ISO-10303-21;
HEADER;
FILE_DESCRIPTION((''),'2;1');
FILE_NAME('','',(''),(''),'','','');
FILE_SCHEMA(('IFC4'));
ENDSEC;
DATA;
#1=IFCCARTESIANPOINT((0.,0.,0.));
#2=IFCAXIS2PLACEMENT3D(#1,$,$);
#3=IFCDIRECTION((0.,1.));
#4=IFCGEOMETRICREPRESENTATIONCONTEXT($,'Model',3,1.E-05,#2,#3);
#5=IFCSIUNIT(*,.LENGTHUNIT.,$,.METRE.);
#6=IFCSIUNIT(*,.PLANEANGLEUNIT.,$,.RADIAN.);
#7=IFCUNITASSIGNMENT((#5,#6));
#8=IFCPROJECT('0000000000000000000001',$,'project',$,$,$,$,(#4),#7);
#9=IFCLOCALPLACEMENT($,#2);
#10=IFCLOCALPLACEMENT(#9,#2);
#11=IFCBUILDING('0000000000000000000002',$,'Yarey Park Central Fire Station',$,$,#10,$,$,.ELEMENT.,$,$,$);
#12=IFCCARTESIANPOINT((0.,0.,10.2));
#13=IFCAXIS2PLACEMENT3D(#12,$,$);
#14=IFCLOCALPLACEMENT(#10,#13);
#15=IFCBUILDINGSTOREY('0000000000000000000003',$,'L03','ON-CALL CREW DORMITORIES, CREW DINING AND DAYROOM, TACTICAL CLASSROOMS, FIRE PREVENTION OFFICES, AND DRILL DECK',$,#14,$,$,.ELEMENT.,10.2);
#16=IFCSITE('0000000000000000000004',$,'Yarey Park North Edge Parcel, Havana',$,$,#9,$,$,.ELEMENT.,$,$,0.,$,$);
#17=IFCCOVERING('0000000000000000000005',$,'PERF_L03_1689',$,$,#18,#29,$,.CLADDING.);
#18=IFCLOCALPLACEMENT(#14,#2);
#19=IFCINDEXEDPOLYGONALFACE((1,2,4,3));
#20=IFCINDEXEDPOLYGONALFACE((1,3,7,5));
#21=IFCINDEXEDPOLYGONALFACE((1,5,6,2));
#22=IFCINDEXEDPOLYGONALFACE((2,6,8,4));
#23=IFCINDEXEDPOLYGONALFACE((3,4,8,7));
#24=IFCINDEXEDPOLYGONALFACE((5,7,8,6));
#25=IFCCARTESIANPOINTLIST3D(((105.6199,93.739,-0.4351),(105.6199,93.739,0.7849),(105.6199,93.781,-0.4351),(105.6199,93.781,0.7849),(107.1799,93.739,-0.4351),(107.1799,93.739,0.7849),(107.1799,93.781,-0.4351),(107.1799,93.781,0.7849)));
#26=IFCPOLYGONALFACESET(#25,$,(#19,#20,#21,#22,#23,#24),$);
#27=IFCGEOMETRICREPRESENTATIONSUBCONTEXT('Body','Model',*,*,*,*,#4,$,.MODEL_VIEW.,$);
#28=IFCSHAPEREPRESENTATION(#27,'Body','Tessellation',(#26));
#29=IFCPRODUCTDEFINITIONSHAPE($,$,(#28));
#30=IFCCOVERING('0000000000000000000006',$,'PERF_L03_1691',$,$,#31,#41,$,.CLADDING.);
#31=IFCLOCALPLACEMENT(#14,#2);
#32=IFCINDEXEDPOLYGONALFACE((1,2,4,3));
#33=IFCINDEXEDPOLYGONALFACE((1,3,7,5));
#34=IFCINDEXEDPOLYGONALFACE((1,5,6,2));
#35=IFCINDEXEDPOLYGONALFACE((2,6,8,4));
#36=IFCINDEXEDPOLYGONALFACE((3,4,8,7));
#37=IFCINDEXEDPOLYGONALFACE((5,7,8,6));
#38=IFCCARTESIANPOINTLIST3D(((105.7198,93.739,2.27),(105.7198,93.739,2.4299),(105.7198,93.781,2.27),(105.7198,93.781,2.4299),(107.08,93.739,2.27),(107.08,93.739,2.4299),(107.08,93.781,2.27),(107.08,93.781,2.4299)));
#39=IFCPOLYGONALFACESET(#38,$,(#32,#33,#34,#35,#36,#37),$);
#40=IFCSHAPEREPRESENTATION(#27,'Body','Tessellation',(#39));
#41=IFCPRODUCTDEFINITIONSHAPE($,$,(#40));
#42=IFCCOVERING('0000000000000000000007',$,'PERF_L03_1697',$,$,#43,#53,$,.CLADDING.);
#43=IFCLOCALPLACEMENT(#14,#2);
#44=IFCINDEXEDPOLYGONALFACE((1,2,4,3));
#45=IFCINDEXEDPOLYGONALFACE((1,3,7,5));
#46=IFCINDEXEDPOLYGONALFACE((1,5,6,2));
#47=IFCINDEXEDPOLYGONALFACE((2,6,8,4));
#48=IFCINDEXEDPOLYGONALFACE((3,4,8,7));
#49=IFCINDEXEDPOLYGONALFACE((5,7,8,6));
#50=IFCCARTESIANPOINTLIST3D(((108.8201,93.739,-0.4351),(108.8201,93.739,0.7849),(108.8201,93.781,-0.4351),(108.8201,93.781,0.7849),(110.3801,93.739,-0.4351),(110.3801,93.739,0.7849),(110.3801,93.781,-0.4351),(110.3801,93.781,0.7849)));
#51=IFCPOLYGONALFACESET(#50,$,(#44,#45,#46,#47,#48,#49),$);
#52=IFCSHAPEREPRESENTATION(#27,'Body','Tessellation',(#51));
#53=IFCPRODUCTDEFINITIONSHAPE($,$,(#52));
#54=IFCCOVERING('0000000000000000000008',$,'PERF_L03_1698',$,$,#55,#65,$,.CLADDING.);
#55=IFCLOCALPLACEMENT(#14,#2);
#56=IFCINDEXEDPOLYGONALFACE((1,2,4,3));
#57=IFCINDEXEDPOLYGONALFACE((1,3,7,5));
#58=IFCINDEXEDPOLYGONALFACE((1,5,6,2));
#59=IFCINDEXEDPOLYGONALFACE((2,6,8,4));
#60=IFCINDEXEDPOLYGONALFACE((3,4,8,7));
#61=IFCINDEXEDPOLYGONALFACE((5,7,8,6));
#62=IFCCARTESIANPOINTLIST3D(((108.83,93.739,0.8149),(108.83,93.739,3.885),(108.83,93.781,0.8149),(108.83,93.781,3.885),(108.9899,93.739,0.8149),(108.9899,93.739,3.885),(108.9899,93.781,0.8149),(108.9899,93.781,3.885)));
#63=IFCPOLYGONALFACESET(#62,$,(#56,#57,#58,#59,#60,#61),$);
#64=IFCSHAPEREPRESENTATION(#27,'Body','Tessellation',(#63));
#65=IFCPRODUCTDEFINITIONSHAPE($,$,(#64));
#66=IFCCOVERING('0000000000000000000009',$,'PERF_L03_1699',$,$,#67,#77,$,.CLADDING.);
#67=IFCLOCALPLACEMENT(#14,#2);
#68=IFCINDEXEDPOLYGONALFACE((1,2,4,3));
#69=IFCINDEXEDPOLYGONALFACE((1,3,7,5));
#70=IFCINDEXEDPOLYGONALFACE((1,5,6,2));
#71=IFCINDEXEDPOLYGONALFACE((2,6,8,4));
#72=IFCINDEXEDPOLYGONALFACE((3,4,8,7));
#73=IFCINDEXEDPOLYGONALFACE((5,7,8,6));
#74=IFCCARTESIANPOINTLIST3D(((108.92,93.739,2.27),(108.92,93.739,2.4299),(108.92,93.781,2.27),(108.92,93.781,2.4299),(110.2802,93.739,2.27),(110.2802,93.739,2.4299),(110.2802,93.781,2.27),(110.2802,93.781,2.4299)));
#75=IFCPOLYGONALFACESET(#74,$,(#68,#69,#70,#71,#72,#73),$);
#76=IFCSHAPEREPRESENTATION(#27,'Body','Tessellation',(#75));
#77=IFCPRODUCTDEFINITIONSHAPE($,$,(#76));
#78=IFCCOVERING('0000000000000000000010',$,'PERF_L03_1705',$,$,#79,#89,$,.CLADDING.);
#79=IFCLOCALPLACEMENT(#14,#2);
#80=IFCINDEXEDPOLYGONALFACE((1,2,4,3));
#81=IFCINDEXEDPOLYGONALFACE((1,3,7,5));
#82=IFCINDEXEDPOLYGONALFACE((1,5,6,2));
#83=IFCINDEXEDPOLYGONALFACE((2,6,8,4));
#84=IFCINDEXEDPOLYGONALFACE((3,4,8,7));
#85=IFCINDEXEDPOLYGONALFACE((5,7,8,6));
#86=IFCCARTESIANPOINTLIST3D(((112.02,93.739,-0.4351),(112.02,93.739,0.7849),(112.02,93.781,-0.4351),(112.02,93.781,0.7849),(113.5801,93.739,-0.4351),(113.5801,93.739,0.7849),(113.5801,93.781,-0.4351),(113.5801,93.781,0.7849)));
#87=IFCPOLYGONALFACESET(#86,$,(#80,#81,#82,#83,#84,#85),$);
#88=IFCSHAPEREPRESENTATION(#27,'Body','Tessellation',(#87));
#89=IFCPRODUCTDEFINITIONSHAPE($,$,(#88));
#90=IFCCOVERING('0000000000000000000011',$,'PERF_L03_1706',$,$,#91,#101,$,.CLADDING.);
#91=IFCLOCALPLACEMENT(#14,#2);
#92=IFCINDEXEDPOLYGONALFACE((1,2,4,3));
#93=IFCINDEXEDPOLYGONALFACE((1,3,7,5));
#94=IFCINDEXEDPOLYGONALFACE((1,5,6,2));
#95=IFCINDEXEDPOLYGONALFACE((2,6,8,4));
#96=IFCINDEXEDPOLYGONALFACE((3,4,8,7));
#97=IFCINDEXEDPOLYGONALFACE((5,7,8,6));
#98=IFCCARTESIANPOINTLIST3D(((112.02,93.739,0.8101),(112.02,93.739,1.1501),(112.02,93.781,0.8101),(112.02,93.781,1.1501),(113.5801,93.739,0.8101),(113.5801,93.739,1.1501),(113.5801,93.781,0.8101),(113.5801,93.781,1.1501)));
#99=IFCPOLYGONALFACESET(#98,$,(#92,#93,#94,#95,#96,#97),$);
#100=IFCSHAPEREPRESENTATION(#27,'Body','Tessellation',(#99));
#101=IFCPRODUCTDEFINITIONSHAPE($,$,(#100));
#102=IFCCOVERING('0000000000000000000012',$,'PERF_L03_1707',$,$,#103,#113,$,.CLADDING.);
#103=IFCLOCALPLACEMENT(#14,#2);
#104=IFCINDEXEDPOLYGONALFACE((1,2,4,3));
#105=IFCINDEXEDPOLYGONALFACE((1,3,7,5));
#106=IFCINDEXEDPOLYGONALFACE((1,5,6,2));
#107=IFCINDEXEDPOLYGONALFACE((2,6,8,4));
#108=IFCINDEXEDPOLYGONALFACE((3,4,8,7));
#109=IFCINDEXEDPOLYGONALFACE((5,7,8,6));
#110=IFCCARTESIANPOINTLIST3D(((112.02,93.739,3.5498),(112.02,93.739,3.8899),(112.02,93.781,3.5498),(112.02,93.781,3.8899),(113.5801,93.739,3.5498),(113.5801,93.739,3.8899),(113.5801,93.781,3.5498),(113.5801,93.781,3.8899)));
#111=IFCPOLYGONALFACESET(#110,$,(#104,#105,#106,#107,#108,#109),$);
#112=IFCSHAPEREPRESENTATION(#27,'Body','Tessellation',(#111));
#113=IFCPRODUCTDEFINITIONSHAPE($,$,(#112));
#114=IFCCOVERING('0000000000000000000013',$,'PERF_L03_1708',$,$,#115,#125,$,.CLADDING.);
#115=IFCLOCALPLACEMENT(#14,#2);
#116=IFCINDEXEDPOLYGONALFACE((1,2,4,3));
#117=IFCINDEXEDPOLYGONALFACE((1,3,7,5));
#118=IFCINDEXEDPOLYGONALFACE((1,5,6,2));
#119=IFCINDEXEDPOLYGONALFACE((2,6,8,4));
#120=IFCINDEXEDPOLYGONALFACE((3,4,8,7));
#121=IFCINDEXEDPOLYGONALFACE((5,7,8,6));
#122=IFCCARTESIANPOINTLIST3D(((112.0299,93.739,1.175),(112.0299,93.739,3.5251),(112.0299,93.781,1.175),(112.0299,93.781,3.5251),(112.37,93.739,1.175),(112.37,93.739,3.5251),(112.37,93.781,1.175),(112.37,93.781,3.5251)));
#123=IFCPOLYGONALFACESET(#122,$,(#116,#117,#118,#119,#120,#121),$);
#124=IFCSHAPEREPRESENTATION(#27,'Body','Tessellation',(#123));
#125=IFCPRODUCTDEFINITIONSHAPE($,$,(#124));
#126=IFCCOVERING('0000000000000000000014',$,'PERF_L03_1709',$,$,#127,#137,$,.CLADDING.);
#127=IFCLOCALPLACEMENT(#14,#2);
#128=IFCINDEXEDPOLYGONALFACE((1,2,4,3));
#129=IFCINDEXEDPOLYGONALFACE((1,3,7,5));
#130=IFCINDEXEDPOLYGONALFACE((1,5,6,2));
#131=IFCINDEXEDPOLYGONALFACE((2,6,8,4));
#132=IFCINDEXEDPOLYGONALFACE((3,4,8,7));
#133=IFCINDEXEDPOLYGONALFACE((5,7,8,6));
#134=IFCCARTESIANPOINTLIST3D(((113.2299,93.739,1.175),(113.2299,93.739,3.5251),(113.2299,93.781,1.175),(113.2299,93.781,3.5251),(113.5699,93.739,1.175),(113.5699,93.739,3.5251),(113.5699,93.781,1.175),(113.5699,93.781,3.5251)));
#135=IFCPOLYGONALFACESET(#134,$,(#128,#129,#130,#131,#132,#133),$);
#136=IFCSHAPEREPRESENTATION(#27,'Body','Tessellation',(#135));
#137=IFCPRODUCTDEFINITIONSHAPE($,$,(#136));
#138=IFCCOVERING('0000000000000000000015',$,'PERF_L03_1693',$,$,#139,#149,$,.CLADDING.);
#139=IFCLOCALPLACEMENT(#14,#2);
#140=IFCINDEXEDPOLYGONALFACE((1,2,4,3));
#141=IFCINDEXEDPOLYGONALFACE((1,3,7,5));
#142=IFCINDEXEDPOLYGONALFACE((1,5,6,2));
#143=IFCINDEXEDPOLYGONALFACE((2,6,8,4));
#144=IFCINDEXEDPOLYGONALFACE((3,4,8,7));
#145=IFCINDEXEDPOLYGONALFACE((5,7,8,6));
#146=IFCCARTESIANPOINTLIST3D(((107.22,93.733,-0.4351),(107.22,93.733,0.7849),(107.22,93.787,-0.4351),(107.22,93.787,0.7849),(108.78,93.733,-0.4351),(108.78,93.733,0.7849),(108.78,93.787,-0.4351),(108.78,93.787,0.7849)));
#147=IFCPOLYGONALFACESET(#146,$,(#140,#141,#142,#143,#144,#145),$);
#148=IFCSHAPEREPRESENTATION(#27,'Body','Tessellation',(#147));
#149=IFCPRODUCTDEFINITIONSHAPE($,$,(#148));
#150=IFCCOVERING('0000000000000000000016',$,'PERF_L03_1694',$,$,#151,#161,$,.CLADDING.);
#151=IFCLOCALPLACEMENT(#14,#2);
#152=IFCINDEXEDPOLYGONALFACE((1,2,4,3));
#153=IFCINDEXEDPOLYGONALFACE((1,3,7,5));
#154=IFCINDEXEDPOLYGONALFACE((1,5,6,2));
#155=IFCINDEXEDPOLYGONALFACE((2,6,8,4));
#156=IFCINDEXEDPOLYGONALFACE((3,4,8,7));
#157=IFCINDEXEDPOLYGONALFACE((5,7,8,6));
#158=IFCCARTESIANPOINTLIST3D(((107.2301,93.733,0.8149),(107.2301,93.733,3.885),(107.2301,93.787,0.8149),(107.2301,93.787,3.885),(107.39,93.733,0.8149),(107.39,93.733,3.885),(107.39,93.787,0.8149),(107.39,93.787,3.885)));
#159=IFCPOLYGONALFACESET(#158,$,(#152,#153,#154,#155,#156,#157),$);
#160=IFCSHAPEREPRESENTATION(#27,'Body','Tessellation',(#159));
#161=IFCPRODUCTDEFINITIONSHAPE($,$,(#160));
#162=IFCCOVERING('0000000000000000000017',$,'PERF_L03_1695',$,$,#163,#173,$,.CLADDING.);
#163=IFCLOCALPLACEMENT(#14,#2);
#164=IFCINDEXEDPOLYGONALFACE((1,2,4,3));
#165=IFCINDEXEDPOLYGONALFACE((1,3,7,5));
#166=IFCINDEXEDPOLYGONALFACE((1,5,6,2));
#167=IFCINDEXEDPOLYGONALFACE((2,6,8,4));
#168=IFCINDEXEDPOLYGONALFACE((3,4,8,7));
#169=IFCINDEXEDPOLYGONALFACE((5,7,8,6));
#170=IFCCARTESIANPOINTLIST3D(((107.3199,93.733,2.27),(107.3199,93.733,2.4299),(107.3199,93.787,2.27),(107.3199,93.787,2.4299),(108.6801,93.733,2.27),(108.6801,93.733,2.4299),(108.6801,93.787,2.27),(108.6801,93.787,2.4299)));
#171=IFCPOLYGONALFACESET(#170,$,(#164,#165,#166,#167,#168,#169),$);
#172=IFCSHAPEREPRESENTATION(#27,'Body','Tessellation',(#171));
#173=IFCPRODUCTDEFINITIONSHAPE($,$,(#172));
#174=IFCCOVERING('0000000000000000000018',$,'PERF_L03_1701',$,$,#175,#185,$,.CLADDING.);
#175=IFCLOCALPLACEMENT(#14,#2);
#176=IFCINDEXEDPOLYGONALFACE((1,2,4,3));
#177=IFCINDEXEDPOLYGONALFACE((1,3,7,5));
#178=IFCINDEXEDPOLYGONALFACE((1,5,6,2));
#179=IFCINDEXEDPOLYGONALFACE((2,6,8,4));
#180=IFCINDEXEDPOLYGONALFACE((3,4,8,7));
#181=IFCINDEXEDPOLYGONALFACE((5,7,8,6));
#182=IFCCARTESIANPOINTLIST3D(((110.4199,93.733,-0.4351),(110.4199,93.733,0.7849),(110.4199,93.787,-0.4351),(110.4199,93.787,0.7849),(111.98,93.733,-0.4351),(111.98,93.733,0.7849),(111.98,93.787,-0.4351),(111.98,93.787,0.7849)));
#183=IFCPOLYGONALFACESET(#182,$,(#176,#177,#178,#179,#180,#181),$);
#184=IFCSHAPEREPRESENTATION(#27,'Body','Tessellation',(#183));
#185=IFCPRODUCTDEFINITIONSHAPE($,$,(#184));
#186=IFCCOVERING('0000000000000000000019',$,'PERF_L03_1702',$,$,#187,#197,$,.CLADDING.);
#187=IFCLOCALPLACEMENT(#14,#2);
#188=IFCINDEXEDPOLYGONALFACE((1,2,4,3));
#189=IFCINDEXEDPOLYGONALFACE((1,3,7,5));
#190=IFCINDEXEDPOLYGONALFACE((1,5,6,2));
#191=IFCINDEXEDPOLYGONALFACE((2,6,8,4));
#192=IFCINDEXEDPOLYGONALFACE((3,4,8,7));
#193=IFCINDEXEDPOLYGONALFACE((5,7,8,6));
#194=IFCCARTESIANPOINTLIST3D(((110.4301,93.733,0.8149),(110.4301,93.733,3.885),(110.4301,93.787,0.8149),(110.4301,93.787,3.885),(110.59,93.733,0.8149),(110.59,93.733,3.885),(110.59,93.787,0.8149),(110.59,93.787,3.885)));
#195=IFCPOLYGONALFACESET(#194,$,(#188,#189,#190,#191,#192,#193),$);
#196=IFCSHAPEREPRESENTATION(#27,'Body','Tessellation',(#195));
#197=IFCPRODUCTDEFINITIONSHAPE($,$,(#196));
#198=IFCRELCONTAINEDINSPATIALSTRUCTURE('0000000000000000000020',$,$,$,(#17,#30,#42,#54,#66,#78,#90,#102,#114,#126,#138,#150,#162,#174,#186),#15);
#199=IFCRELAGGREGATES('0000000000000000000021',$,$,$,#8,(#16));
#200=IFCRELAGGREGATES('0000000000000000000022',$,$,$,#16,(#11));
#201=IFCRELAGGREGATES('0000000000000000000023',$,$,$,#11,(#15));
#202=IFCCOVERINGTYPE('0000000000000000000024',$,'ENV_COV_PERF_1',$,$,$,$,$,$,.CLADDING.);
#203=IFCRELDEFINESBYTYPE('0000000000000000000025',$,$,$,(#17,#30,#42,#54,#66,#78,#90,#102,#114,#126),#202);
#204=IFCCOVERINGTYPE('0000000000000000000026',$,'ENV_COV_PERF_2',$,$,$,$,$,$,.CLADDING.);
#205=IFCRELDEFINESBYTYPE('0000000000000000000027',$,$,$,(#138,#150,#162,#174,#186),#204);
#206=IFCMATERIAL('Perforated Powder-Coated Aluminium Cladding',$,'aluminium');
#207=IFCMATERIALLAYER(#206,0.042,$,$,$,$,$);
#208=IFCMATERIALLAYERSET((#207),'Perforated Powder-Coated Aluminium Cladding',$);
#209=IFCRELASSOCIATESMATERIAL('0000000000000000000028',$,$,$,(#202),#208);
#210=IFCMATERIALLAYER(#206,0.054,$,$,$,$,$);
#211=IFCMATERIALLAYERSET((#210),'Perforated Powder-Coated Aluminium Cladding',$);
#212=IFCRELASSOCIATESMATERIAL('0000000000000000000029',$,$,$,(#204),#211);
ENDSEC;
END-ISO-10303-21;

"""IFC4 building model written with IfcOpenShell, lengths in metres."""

from ifc_helpers import new_model, si_unit, direction, frame, origin, origin_2d, place, context, subcontext, project, spatial, rectangle, extrude, material, layer, layer_set, type_object, element, save


model = new_model("IFC4")

# Units and contexts
model_context = context("Model", 3, precision=1e-05, world=origin(), true_north=direction((0.0, 1.0)))
body_context = subcontext(model_context, "Body", "Model", "MODEL_VIEW")
ifc_project = project(units=[si_unit("LENGTHUNIT", "METRE"), si_unit("PLANEANGLEUNIT", "RADIAN")], contexts=[model_context])

# Site, building, storey
site_placement = place(None, origin())
site = spatial("IfcSite", under=ifc_project, at=site_placement, Name="Yarey Park North Edge Parcel, Havana", CompositionType="ELEMENT", RefElevation=0.0)
building_placement = place(site_placement, origin())
building = spatial("IfcBuilding", under=site, at=building_placement, Name="Yarey Park Central Fire Station", CompositionType="ELEMENT")
storey_placement = place(building_placement, frame((0.0, 0.0, 10.2)))
storey = spatial("IfcBuildingStorey", under=building, at=storey_placement, Name="L03", Description="ON-CALL CREW DORMITORIES, CREW DINING AND DAYROOM, TACTICAL CLASSROOMS, FIRE PREVENTION OFFICES, AND DRILL DECK", CompositionType="ELEMENT", Elevation=10.2)

# Coverings
ifc_material_1 = material(Name="Perforated Powder-Coated Aluminium Cladding", Category="aluminium")
ifc_layer_1 = layer(ifc_material_1, 0.042)
ifc_layer_set_1 = layer_set([ifc_layer_1], Name="Perforated Powder-Coated Aluminium Cladding")
covering_type_1 = type_object("IfcCoveringType", Name="ENV_COV_PERF_1", PredefinedType="CLADDING", material=ifc_layer_set_1)
covering_1_placement = place(storey_placement, frame((106.3999, 93.76, -0.4351), z_axis=(0.0, 0.0, 1.0), x_axis=(1.0, 0.0, 0.0)))
element("IfcCovering", 1, at=covering_1_placement, inside=storey, type_object=covering_type_1, Name="PERF_L03_1689", PredefinedType="CLADDING", context=body_context, shape_type="SweptSolid", body=[
    extrude(rectangle(XDim=1.5601, YDim=0.042, at=origin_2d()), origin(), (0.0, 0.0, 1.0), 1.22),
])
covering_2_placement = place(storey_placement, frame((106.3999, 93.76, 2.27), z_axis=(0.0, 0.0, 1.0), x_axis=(1.0, 0.0, 0.0)))
element("IfcCovering", 2, at=covering_2_placement, inside=storey, type_object=covering_type_1, Name="PERF_L03_1691", PredefinedType="CLADDING", context=body_context, shape_type="SweptSolid", body=[
    extrude(rectangle(XDim=1.3601, YDim=0.042, at=origin_2d()), origin(), (0.0, 0.0, 1.0), 0.1599),
])
covering_3_placement = place(storey_placement, frame((109.6001, 93.76, -0.4351), z_axis=(0.0, 0.0, 1.0), x_axis=(1.0, 0.0, 0.0)))
element("IfcCovering", 3, at=covering_3_placement, inside=storey, type_object=covering_type_1, Name="PERF_L03_1697", PredefinedType="CLADDING", context=body_context, shape_type="SweptSolid", body=[
    extrude(rectangle(XDim=1.5601, YDim=0.042, at=origin_2d()), origin(), (0.0, 0.0, 1.0), 1.22),
])
covering_4_placement = place(storey_placement, frame((108.9099, 93.76, 0.8149), z_axis=(0.0, 0.0, 1.0), x_axis=(1.0, 0.0, 0.0)))
element("IfcCovering", 4, at=covering_4_placement, inside=storey, type_object=covering_type_1, Name="PERF_L03_1698", PredefinedType="CLADDING", context=body_context, shape_type="SweptSolid", body=[
    extrude(rectangle(XDim=0.1599, YDim=0.042, at=origin_2d()), origin(), (0.0, 0.0, 1.0), 3.0701),
])
covering_5_placement = place(storey_placement, frame((109.6001, 93.76, 2.27), z_axis=(0.0, 0.0, 1.0), x_axis=(1.0, 0.0, 0.0)))
element("IfcCovering", 5, at=covering_5_placement, inside=storey, type_object=covering_type_1, Name="PERF_L03_1699", PredefinedType="CLADDING", context=body_context, shape_type="SweptSolid", body=[
    extrude(rectangle(XDim=1.3601, YDim=0.042, at=origin_2d()), origin(), (0.0, 0.0, 1.0), 0.1599),
])
covering_6_placement = place(storey_placement, frame((112.8, 93.76, -0.4351), z_axis=(0.0, 0.0, 1.0), x_axis=(1.0, 0.0, 0.0)))
element("IfcCovering", 6, at=covering_6_placement, inside=storey, type_object=covering_type_1, Name="PERF_L03_1705", PredefinedType="CLADDING", context=body_context, shape_type="SweptSolid", body=[
    extrude(rectangle(XDim=1.5601, YDim=0.042, at=origin_2d()), origin(), (0.0, 0.0, 1.0), 1.22),
])
for number, where, z_axis, x_axis, name in (
    (7, (112.8, 93.76, 0.8101), (0.0, 0.0, 1.0), (1.0, 0.0, 0.0), "PERF_L03_1706"),
    (8, (112.8, 93.76, 3.5498), (0.0, 0.0, 1.0), (1.0, 0.0, 0.0), "PERF_L03_1707"),
):
    element("IfcCovering", number, at=place(storey_placement, frame(where, z_axis=z_axis, x_axis=x_axis)), inside=storey, type_object=covering_type_1, Name=name, PredefinedType="CLADDING", context=body_context, shape_type="SweptSolid", body=[
        extrude(rectangle(XDim=1.5601, YDim=0.042, at=origin_2d()), origin(), (0.0, 0.0, 1.0), 0.3401),
    ])
for number, where, z_axis, x_axis, name in (
    (9, (112.2, 93.76, 1.175), (0.0, 0.0, 1.0), (1.0, 0.0, 0.0), "PERF_L03_1708"),
    (10, (113.3999, 93.76, 1.175), (0.0, 0.0, 1.0), (1.0, 0.0, 0.0), "PERF_L03_1709"),
):
    element("IfcCovering", number, at=place(storey_placement, frame(where, z_axis=z_axis, x_axis=x_axis)), inside=storey, type_object=covering_type_1, Name=name, PredefinedType="CLADDING", context=body_context, shape_type="SweptSolid", body=[
        extrude(rectangle(XDim=0.3401, YDim=0.042, at=origin_2d()), origin(), (0.0, 0.0, 1.0), 2.3501),
    ])
ifc_layer_2 = layer(ifc_material_1, 0.054)
ifc_layer_set_2 = layer_set([ifc_layer_2], Name="Perforated Powder-Coated Aluminium Cladding")
covering_type_2 = type_object("IfcCoveringType", Name="ENV_COV_PERF_2", PredefinedType="CLADDING", material=ifc_layer_set_2)
covering_7_placement = place(storey_placement, frame((108.0, 93.76, -0.4351), z_axis=(0.0, 0.0, 1.0), x_axis=(1.0, 0.0, 0.0)))
element("IfcCovering", 11, at=covering_7_placement, inside=storey, type_object=covering_type_2, Name="PERF_L03_1693", PredefinedType="CLADDING", context=body_context, shape_type="SweptSolid", body=[
    extrude(rectangle(XDim=1.5601, YDim=0.054, at=origin_2d()), origin(), (0.0, 0.0, 1.0), 1.22),
])
covering_8_placement = place(storey_placement, frame((107.3101, 93.76, 0.8149), z_axis=(0.0, 0.0, 1.0), x_axis=(1.0, 0.0, 0.0)))
element("IfcCovering", 12, at=covering_8_placement, inside=storey, type_object=covering_type_2, Name="PERF_L03_1694", PredefinedType="CLADDING", context=body_context, shape_type="SweptSolid", body=[
    extrude(rectangle(XDim=0.1599, YDim=0.054, at=origin_2d()), origin(), (0.0, 0.0, 1.0), 3.0701),
])
covering_9_placement = place(storey_placement, frame((108.0, 93.76, 2.27), z_axis=(0.0, 0.0, 1.0), x_axis=(1.0, 0.0, 0.0)))
element("IfcCovering", 13, at=covering_9_placement, inside=storey, type_object=covering_type_2, Name="PERF_L03_1695", PredefinedType="CLADDING", context=body_context, shape_type="SweptSolid", body=[
    extrude(rectangle(XDim=1.3601, YDim=0.054, at=origin_2d()), origin(), (0.0, 0.0, 1.0), 0.1599),
])
covering_10_placement = place(storey_placement, frame((111.2, 93.76, -0.4351), z_axis=(0.0, 0.0, 1.0), x_axis=(1.0, 0.0, 0.0)))
element("IfcCovering", 14, at=covering_10_placement, inside=storey, type_object=covering_type_2, Name="PERF_L03_1701", PredefinedType="CLADDING", context=body_context, shape_type="SweptSolid", body=[
    extrude(rectangle(XDim=1.5601, YDim=0.054, at=origin_2d()), origin(), (0.0, 0.0, 1.0), 1.22),
])
covering_11_placement = place(storey_placement, frame((110.51, 93.76, 0.8149), z_axis=(0.0, 0.0, 1.0), x_axis=(1.0, 0.0, 0.0)))
element("IfcCovering", 15, at=covering_11_placement, inside=storey, type_object=covering_type_2, Name="PERF_L03_1702", PredefinedType="CLADDING", context=body_context, shape_type="SweptSolid", body=[
    extrude(rectangle(XDim=0.1599, YDim=0.054, at=origin_2d()), origin(), (0.0, 0.0, 1.0), 3.0701),
])

save(model, "model.ifc")
